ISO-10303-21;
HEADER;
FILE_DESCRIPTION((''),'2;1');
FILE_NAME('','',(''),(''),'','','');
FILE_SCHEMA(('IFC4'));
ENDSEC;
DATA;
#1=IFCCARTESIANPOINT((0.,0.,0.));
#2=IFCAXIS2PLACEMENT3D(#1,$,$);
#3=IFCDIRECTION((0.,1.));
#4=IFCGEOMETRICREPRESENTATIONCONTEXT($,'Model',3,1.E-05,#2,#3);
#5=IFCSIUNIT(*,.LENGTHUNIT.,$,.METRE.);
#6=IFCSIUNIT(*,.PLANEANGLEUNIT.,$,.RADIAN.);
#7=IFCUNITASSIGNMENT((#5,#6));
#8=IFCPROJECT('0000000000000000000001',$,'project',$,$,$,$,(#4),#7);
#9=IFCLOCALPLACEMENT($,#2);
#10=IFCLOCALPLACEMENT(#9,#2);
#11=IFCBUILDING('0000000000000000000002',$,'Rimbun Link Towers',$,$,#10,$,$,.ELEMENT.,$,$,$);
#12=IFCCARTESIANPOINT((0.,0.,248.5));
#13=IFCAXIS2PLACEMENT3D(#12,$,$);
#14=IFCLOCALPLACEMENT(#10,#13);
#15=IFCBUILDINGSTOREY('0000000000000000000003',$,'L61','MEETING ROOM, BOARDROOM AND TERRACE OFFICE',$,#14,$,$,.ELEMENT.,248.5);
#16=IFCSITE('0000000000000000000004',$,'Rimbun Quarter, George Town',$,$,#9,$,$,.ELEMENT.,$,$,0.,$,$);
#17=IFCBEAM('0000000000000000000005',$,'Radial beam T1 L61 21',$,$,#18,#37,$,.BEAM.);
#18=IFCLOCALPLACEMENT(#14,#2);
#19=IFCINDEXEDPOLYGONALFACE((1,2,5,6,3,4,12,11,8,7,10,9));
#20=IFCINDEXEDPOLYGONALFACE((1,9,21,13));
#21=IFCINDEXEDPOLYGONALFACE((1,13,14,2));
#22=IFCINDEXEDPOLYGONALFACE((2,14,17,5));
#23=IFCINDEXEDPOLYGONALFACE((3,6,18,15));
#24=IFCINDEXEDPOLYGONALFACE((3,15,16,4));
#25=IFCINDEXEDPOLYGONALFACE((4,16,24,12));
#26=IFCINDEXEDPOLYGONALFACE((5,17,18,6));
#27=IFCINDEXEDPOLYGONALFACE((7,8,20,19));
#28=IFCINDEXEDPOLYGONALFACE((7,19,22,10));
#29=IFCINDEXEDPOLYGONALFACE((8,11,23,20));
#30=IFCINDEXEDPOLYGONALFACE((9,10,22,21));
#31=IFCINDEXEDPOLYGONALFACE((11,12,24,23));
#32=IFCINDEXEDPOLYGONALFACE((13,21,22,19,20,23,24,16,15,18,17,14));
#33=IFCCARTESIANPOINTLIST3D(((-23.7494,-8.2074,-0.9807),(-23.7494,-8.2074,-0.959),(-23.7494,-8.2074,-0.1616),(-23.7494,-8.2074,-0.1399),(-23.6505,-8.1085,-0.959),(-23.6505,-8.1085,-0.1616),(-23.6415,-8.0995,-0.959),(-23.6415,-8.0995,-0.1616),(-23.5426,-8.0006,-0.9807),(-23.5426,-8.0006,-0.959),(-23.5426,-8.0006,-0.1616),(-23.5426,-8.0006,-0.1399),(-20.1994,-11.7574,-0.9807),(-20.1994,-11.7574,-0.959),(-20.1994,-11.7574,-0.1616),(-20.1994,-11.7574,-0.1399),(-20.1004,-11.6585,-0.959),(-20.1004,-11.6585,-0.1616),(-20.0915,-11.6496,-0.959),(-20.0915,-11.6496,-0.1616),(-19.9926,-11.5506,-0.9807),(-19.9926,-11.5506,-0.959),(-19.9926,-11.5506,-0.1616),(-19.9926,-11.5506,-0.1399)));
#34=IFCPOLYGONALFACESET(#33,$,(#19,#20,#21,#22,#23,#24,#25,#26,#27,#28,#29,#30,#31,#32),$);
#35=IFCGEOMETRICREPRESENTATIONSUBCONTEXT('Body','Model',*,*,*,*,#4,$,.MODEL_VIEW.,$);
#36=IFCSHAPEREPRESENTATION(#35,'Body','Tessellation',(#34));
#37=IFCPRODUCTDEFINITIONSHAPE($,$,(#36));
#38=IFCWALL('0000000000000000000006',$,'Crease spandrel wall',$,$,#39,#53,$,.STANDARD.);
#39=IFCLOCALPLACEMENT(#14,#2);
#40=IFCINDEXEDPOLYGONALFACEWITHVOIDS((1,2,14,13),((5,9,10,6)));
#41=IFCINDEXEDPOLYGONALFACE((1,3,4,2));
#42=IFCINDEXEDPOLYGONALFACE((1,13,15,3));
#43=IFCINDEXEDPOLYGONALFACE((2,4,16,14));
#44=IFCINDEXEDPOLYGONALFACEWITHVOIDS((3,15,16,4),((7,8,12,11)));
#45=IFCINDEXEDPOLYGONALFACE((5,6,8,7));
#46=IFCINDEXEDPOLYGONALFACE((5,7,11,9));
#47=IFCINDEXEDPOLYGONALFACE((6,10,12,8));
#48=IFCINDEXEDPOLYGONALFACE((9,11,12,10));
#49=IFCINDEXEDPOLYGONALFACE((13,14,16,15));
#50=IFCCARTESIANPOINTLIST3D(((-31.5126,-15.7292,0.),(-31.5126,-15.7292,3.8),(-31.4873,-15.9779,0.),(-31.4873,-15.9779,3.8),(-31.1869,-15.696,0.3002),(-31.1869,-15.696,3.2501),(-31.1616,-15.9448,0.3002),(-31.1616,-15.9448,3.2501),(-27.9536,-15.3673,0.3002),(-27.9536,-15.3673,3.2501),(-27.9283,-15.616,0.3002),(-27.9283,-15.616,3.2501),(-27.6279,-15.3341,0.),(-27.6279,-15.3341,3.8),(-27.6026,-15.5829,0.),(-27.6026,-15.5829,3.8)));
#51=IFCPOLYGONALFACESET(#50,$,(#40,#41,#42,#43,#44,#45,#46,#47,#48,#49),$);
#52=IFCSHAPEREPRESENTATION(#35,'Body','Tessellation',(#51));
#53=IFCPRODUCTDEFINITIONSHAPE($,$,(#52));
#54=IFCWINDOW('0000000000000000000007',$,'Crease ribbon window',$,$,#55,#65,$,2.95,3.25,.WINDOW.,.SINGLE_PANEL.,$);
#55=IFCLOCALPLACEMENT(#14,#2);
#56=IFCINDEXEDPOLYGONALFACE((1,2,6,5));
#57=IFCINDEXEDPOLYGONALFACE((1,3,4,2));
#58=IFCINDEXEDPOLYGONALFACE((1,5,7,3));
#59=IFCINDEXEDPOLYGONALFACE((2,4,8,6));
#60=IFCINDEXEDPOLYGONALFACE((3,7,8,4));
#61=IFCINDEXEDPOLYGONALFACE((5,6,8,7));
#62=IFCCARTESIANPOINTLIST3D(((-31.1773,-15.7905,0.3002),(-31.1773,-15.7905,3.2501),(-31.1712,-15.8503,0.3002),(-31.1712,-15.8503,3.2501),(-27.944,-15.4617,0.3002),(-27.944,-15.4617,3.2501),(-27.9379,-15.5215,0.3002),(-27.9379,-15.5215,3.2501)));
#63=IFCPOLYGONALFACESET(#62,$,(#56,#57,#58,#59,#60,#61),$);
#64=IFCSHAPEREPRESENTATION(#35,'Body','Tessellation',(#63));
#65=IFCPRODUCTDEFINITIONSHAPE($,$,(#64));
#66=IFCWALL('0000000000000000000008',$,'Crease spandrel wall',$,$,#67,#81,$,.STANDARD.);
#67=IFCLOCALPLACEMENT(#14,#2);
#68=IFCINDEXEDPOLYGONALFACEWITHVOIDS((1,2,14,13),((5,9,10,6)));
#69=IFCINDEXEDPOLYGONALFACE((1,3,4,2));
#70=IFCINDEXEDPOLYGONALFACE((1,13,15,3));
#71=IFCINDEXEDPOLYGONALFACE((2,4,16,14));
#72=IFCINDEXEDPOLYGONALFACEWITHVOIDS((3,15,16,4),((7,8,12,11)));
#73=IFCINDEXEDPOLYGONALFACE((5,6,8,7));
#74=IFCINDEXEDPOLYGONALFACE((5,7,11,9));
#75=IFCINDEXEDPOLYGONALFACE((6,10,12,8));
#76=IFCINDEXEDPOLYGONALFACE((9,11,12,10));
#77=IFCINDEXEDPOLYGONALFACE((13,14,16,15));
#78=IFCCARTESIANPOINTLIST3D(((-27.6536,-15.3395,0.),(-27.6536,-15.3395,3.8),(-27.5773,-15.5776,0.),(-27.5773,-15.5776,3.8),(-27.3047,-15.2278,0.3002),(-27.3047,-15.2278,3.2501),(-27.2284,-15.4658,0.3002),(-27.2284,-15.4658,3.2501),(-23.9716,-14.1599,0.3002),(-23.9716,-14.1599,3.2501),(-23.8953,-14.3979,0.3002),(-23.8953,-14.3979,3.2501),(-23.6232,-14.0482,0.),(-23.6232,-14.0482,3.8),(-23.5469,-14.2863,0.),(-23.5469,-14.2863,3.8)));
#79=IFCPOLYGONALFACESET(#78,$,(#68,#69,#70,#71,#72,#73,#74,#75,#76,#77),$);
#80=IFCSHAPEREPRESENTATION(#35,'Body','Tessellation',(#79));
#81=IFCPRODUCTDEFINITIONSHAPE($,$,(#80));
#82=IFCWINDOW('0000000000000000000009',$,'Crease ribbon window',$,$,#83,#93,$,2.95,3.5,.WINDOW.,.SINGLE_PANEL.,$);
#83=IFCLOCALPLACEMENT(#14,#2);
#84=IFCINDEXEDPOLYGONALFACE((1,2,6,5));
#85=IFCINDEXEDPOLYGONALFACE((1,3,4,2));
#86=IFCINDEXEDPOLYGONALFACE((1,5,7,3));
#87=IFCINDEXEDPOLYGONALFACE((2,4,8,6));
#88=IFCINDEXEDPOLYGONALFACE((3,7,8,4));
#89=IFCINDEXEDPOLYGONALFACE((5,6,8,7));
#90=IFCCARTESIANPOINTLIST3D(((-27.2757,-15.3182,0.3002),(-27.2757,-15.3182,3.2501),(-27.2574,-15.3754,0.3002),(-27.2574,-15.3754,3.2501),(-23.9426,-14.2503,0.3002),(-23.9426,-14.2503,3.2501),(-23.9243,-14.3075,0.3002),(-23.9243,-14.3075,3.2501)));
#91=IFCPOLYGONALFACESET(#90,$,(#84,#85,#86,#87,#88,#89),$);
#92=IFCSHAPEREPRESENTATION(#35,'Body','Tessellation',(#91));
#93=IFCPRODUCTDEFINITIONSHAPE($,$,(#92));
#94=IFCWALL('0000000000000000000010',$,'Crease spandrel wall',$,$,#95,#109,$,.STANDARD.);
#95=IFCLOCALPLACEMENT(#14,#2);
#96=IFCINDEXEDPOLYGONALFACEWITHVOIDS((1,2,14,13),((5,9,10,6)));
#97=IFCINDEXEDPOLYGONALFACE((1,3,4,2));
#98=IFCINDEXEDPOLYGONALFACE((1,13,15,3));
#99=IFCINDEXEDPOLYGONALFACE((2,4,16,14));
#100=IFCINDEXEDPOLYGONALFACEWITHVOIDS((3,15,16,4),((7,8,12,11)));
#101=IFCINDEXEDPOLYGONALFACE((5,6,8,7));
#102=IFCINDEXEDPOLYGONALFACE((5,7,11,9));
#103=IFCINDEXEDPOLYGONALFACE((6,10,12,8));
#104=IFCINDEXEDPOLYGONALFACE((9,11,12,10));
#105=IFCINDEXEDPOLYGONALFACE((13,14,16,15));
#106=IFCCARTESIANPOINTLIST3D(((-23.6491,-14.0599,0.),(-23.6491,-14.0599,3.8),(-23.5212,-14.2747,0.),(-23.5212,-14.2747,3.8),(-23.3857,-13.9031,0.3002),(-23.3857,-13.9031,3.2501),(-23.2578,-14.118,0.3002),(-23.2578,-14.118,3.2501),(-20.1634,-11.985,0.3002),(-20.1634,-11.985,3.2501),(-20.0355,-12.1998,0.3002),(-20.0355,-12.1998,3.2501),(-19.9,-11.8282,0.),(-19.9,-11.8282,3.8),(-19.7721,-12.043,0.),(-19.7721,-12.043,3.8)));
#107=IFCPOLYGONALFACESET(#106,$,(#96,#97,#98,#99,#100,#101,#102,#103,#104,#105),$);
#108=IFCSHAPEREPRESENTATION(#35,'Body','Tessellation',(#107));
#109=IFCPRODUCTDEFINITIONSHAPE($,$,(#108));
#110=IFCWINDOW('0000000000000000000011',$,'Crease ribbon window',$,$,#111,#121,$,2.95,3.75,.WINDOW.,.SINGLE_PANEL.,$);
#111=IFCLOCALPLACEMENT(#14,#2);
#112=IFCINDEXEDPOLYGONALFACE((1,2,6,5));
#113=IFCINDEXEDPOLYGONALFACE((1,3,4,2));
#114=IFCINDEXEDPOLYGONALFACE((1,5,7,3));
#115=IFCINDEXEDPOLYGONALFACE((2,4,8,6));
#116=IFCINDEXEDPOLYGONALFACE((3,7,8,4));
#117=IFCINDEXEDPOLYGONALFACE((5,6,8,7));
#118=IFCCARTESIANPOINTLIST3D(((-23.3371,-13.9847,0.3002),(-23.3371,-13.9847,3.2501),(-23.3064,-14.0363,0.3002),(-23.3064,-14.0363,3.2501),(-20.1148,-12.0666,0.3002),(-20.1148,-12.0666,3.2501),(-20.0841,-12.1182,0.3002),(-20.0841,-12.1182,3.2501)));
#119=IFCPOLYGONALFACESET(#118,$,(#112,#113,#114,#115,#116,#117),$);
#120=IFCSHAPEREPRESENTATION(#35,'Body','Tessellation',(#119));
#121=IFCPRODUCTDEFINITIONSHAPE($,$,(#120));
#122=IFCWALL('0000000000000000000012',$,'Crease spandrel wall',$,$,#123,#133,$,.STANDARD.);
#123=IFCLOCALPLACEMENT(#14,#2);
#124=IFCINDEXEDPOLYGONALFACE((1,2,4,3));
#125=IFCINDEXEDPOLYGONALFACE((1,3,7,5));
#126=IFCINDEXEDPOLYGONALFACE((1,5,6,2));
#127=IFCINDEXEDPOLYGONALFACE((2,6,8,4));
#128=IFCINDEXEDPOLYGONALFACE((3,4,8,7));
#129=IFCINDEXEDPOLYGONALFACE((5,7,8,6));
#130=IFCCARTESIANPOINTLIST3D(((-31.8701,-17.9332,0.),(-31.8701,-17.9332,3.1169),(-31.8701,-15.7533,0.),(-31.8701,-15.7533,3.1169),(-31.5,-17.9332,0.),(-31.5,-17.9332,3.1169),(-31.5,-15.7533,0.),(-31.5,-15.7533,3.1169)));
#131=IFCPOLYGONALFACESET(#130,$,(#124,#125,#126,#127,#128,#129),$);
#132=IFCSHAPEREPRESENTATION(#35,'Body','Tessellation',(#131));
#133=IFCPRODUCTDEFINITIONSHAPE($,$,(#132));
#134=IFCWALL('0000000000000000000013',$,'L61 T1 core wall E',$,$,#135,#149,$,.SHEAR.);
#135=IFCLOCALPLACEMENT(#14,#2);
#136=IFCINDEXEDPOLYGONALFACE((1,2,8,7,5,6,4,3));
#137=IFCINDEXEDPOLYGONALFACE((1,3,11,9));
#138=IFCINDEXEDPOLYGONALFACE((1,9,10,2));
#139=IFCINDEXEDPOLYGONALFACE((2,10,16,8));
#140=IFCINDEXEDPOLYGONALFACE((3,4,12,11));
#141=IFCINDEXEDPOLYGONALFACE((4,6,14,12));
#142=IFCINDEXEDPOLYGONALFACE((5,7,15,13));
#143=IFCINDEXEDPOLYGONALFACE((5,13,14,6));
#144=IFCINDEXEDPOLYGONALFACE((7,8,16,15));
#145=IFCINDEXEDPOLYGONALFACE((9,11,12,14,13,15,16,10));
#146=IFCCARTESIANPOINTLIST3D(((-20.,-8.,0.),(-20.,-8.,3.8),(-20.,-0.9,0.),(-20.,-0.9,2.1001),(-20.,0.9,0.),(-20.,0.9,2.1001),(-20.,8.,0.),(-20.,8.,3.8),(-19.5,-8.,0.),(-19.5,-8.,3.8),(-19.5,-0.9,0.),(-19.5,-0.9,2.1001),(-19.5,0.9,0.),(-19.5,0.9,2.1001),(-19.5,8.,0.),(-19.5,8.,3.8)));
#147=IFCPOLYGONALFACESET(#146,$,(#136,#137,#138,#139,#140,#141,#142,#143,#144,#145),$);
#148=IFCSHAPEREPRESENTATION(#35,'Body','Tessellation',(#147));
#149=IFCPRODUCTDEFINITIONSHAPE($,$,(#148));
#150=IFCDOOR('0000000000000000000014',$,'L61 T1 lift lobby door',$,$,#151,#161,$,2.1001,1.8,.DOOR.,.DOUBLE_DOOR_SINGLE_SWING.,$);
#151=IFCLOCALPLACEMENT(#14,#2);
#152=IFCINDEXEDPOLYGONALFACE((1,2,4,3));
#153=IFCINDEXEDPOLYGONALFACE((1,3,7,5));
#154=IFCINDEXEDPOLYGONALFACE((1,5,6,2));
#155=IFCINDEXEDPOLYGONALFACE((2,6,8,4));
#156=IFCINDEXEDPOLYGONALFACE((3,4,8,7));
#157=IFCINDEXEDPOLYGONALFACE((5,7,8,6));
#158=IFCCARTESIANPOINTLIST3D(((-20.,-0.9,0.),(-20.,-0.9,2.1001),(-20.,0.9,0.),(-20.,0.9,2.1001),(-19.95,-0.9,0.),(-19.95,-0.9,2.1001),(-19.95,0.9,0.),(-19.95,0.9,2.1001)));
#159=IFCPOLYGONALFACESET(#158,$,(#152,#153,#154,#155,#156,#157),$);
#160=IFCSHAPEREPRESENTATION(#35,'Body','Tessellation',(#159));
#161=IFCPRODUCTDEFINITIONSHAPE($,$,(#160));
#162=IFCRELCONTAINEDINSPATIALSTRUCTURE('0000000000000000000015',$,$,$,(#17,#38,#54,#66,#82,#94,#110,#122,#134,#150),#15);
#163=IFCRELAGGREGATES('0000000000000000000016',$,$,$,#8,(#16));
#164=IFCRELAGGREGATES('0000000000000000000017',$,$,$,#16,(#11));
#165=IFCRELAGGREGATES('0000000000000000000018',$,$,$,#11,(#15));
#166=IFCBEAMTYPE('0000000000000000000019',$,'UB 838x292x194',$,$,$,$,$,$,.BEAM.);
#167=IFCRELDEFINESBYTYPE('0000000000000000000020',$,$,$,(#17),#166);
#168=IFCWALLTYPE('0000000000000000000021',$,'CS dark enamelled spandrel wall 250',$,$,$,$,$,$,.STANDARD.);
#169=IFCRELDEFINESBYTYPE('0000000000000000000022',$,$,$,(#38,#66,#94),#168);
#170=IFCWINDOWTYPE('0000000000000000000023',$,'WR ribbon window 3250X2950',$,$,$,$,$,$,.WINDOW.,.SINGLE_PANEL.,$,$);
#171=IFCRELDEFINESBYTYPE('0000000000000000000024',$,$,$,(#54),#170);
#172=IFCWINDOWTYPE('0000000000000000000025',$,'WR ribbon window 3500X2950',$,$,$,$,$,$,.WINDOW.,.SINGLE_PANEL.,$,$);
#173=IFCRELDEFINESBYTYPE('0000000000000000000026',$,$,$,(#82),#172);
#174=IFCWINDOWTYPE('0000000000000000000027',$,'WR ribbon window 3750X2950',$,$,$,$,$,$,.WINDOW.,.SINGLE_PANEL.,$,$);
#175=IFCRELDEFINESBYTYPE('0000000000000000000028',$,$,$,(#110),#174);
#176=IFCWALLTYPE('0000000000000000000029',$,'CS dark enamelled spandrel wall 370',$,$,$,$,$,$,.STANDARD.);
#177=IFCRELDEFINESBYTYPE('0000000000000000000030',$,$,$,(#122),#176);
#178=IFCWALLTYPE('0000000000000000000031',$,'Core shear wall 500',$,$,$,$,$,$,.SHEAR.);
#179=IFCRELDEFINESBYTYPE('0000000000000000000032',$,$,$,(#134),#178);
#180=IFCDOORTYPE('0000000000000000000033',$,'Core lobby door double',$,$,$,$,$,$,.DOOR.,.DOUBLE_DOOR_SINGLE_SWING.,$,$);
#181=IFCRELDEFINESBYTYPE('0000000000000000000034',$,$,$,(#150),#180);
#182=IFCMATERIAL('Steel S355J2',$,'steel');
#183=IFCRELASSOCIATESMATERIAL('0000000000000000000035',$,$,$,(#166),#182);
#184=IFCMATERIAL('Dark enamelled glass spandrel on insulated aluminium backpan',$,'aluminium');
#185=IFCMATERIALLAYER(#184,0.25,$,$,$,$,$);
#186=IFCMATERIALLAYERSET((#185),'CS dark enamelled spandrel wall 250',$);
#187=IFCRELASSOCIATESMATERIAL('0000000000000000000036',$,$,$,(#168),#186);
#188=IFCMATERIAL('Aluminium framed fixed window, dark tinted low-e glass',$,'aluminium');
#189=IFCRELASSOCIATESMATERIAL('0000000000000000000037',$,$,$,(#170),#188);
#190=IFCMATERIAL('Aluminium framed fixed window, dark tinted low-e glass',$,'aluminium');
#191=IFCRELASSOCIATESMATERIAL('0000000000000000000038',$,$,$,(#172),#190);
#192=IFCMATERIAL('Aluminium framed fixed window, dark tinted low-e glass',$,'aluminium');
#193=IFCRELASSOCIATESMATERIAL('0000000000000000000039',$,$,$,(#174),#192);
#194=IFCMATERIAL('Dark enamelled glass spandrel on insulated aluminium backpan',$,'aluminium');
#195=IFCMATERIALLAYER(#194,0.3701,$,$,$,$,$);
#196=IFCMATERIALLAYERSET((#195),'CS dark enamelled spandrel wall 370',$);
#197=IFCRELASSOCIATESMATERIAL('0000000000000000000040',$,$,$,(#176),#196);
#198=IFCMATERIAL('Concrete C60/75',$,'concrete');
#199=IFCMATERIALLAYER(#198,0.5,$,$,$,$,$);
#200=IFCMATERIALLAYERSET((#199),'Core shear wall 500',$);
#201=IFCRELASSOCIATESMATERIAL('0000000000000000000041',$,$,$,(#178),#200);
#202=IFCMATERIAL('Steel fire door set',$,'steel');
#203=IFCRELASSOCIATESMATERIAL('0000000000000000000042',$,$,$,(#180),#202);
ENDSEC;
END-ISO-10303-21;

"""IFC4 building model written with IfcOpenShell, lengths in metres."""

from ifc_helpers import new_model, si_unit, direction, frame, frame_2d, origin, origin_2d, place, context, subcontext, project, spatial, rectangle, i_section, extrude, material, layer, layer_set, material_profile, profile_set, type_object, element, fill, save


model = new_model("IFC4")

# Units and contexts
model_context = context("Model", 3, precision=1e-05, world=origin(), true_north=direction((0.0, 1.0)))
body_context = subcontext(model_context, "Body", "Model", "MODEL_VIEW")
ifc_project = project(units=[si_unit("LENGTHUNIT", "METRE"), si_unit("PLANEANGLEUNIT", "RADIAN")], contexts=[model_context])

# Site, building, storey
site_placement = place(None, origin())
site = spatial("IfcSite", under=ifc_project, at=site_placement, Name="Rimbun Quarter, George Town", CompositionType="ELEMENT", RefElevation=0.0)
building_placement = place(site_placement, origin())
building = spatial("IfcBuilding", under=site, at=building_placement, Name="Rimbun Link Towers", CompositionType="ELEMENT")
storey_placement = place(building_placement, frame((0.0, 0.0, 248.5)))
storey = spatial("IfcBuildingStorey", under=building, at=storey_placement, Name="L61", Description="MEETING ROOM, BOARDROOM AND TERRACE OFFICE", CompositionType="ELEMENT", Elevation=248.5)

# Beam
ifc_material_1 = material(Name="Steel S355J2", Category="steel")
ifc_material_profile_1 = material_profile(ifc_material_1, i_section(OverallWidth=0.2925, OverallDepth=0.8408, WebThickness=0.0127, FlangeThickness=0.0217, at=origin_2d()), Name="UB 838x292x194")
ifc_profile_set_1 = profile_set([ifc_material_profile_1], Name="Steel S355J2")
beam_type_1 = type_object("IfcBeamType", Name="UB 838x292x194", PredefinedType="BEAM", material=ifc_profile_set_1)
beam_1_placement = place(storey_placement, frame((-23.646, -8.104, -0.5603), z_axis=(0.707107, -0.707107, 0.0), x_axis=(0.707107, 0.707107, 0.0)))
element("IfcBeam", 1, at=beam_1_placement, inside=storey, type_object=beam_type_1, Name="Radial beam T1 L61 21", PredefinedType="BEAM", context=body_context, shape_type="SweptSolid", body=[
    extrude(i_section(OverallWidth=0.2925, OverallDepth=0.8408, WebThickness=0.0127, FlangeThickness=0.0217, at=origin_2d()), origin(), (0.0, 0.0, 1.0), 5.0205),
])

# Walls, openings, windows
ifc_material_2 = material(Name="Dark enamelled glass spandrel on insulated aluminium backpan", Category="aluminium")
ifc_layer_1 = layer(ifc_material_2, 0.25)
ifc_layer_set_1 = layer_set([ifc_layer_1], Name="CS dark enamelled spandrel wall 250")
wall_type_1 = type_object("IfcWallType", Name="CS dark enamelled spandrel wall 250", PredefinedType="STANDARD", material=ifc_layer_set_1)
wall_1_placement = place(storey_placement, frame((-27.6152, -15.4585, 0.0), z_axis=(0.0, 0.0, 1.0), x_axis=(-0.99487, -0.101163, 0.0)))
wall_1 = element("IfcWall", 2, at=wall_1_placement, inside=storey, type_object=wall_type_1, Name="Crease spandrel wall", PredefinedType="STANDARD", context=body_context, shape_type="SweptSolid", body=[
    extrude(rectangle(XDim=3.9048, YDim=0.25, at=frame_2d((1.9524, 0.0))), origin(), (0.0, 0.0, 1.0), 3.8),
])
opening_1_placement = place(wall_1_placement, frame((0.3274, 0.0, 0.3)))
opening_1 = element("IfcOpeningElement", 3, at=opening_1_placement, cuts=wall_1, PredefinedType="OPENING", context=body_context, shape_type="SweptSolid", body=[
    extrude(rectangle(XDim=3.25, YDim=2.95, at=frame_2d((1.625, 1.4751))), frame((0.0, 0.135, 0.0), z_axis=(0.0, -1.0, 0.0), x_axis=(1.0, 0.0, 0.0)), (0.0, 0.0, 1.0), 0.27),
])
ifc_material_3 = material(Name="Aluminium framed fixed window, dark tinted low-e glass", Category="aluminium")
window_type_1 = type_object("IfcWindowType", Name="WR ribbon window 3250X2950", PartitioningType="SINGLE_PANEL", PredefinedType="WINDOW", material=ifc_material_3)
window_1_placement = place(opening_1_placement, origin())
window_1 = element("IfcWindow", 4, at=window_1_placement, inside=storey, type_object=window_type_1, Name="Crease ribbon window", OverallHeight=2.95, OverallWidth=3.25, PartitioningType="SINGLE_PANEL", PredefinedType="WINDOW", context=body_context, shape_type="SweptSolid", body=[
    extrude(rectangle(XDim=3.25, YDim=2.95, at=frame_2d((1.625, 1.4751))), frame((0.0, 0.03, 0.0), z_axis=(0.0, -1.0, 0.0), x_axis=(1.0, 0.0, 0.0)), (0.0, 0.0, 1.0), 0.0601),
])
fill(opening_1, window_1)
wall_2_placement = place(storey_placement, frame((-23.585, -14.1672, 0.0), z_axis=(0.0, 0.0, 1.0), x_axis=(-0.952316, -0.305113, 0.0)))
wall_2 = element("IfcWall", 5, at=wall_2_placement, inside=storey, type_object=wall_type_1, Name="Crease spandrel wall", PredefinedType="STANDARD", context=body_context, shape_type="SweptSolid", body=[
    extrude(rectangle(XDim=4.2322, YDim=0.25, at=frame_2d((2.1162, 0.0))), origin(), (0.0, 0.0, 1.0), 3.8),
])
opening_2_placement = place(wall_2_placement, frame((0.366, 0.0, 0.3)))
opening_2 = element("IfcOpeningElement", 6, at=opening_2_placement, cuts=wall_2, PredefinedType="OPENING", context=body_context, shape_type="SweptSolid", body=[
    extrude(rectangle(XDim=3.5, YDim=2.95, at=frame_2d((1.75, 1.4751))), frame((0.0, 0.135, 0.0), z_axis=(0.0, -1.0, 0.0), x_axis=(1.0, 0.0, 0.0)), (0.0, 0.0, 1.0), 0.27),
])
ifc_material_4 = material(Name="Aluminium framed fixed window, dark tinted low-e glass", Category="aluminium")
window_type_2 = type_object("IfcWindowType", Name="WR ribbon window 3500X2950", PartitioningType="SINGLE_PANEL", PredefinedType="WINDOW", material=ifc_material_4)
window_2_placement = place(opening_2_placement, origin())
window_2 = element("IfcWindow", 7, at=window_2_placement, inside=storey, type_object=window_type_2, Name="Crease ribbon window", OverallHeight=2.95, OverallWidth=3.5, PartitioningType="SINGLE_PANEL", PredefinedType="WINDOW", context=body_context, shape_type="SweptSolid", body=[
    extrude(rectangle(XDim=3.5, YDim=2.95, at=frame_2d((1.75, 1.4751))), frame((0.0, 0.03, 0.0), z_axis=(0.0, -1.0, 0.0), x_axis=(1.0, 0.0, 0.0)), (0.0, 0.0, 1.0), 0.0601),
])
fill(opening_2, window_2)
wall_3_placement = place(storey_placement, frame((-19.8359, -11.9355, 0.0), z_axis=(0.0, 0.0, 1.0), x_axis=(-0.85928, -0.511506, 0.0)))
wall_3 = element("IfcWall", 8, at=wall_3_placement, inside=storey, type_object=wall_type_1, Name="Crease spandrel wall", PredefinedType="STANDARD", context=body_context, shape_type="SweptSolid", body=[
    extrude(rectangle(XDim=4.363, YDim=0.25, at=frame_2d((2.1816, 0.0))), origin(), (0.0, 0.0, 1.0), 3.8),
])
opening_3_placement = place(wall_3_placement, frame((0.3066, 0.0, 0.3)))
opening_3 = element("IfcOpeningElement", 9, at=opening_3_placement, cuts=wall_3, PredefinedType="OPENING", context=body_context, shape_type="SweptSolid", body=[
    extrude(rectangle(XDim=3.75, YDim=2.95, at=frame_2d((1.875, 1.4751))), frame((0.0, 0.135, 0.0), z_axis=(0.0, -1.0, 0.0), x_axis=(1.0, 0.0, 0.0)), (0.0, 0.0, 1.0), 0.27),
])
ifc_material_5 = material(Name="Aluminium framed fixed window, dark tinted low-e glass", Category="aluminium")
window_type_3 = type_object("IfcWindowType", Name="WR ribbon window 3750X2950", PartitioningType="SINGLE_PANEL", PredefinedType="WINDOW", material=ifc_material_5)
window_3_placement = place(opening_3_placement, origin())
window_3 = element("IfcWindow", 10, at=window_3_placement, inside=storey, type_object=window_type_3, Name="Crease ribbon window", OverallHeight=2.95, OverallWidth=3.75, PartitioningType="SINGLE_PANEL", PredefinedType="WINDOW", context=body_context, shape_type="SweptSolid", body=[
    extrude(rectangle(XDim=3.75, YDim=2.95, at=frame_2d((1.875, 1.4751))), frame((0.0, 0.03, 0.0), z_axis=(0.0, -1.0, 0.0), x_axis=(1.0, 0.0, 0.0)), (0.0, 0.0, 1.0), 0.0601),
])
fill(opening_3, window_3)

# Wall
ifc_material_6 = material(Name="Dark enamelled glass spandrel on insulated aluminium backpan", Category="aluminium")
ifc_layer_2 = layer(ifc_material_6, 0.3701)
ifc_layer_set_2 = layer_set([ifc_layer_2], Name="CS dark enamelled spandrel wall 370")
wall_type_2 = type_object("IfcWallType", Name="CS dark enamelled spandrel wall 370", PredefinedType="STANDARD", material=ifc_layer_set_2)
wall_4_placement = place(storey_placement, frame((-31.6851, -15.7534, 0.0), z_axis=(0.0, 0.0, 1.0), x_axis=(0.0, -1.0, 0.0)))
element("IfcWall", 11, at=wall_4_placement, inside=storey, type_object=wall_type_2, Name="Crease spandrel wall", PredefinedType="STANDARD", context=body_context, shape_type="SweptSolid", body=[
    extrude(rectangle(XDim=2.1799, YDim=0.3701, at=frame_2d((1.0898, 0.0))), origin(), (0.0, 0.0, 1.0), 3.1169),
])

# Wall, opening, door
ifc_material_7 = material(Name="Concrete C60/75", Category="concrete")
ifc_layer_3 = layer(ifc_material_7, 0.5)
ifc_layer_set_3 = layer_set([ifc_layer_3], Name="Core shear wall 500")
wall_type_3 = type_object("IfcWallType", Name="Core shear wall 500", PredefinedType="SHEAR", material=ifc_layer_set_3)
wall_5_placement = place(storey_placement, frame((-19.75, -8.0, 0.0), z_axis=(0.0, 0.0, 1.0), x_axis=(0.0, 1.0, 0.0)))
wall_5 = element("IfcWall", 12, at=wall_5_placement, inside=storey, type_object=wall_type_3, Name="L61 T1 core wall E", PredefinedType="SHEAR", context=body_context, shape_type="SweptSolid", body=[
    extrude(rectangle(XDim=16.0, YDim=0.5, at=frame_2d((8.0, 0.0))), origin(), (0.0, 0.0, 1.0), 3.8),
])
opening_4_placement = place(wall_5_placement, frame((7.1001, 0.0, 0.0)))
opening_4 = element("IfcOpeningElement", 13, at=opening_4_placement, cuts=wall_5, PredefinedType="OPENING", context=body_context, shape_type="SweptSolid", body=[
    extrude(rectangle(XDim=1.8, YDim=2.1001, at=frame_2d((0.8999, 1.05))), frame((0.0, 0.26, 0.0), z_axis=(0.0, -1.0, 0.0), x_axis=(1.0, 0.0, 0.0)), (0.0, 0.0, 1.0), 0.52),
])
ifc_material_8 = material(Name="Steel fire door set", Category="steel")
door_type = type_object("IfcDoorType", Name="Core lobby door double", OperationType="DOUBLE_DOOR_SINGLE_SWING", PredefinedType="DOOR", material=ifc_material_8)
door_placement = place(opening_4_placement, origin())
door = element("IfcDoor", 14, at=door_placement, inside=storey, type_object=door_type, Name="L61 T1 lift lobby door", OperationType="DOUBLE_DOOR_SINGLE_SWING", OverallHeight=2.1001, OverallWidth=1.8, PredefinedType="DOOR", context=body_context, shape_type="SweptSolid", body=[
    extrude(rectangle(XDim=1.8, YDim=2.1001, at=frame_2d((0.8999, 1.05))), frame((0.0, 0.25, 0.0), z_axis=(0.0, -1.0, 0.0), x_axis=(1.0, 0.0, 0.0)), (0.0, 0.0, 1.0), 0.05),
])
fill(opening_4, door)

save(model, "model.ifc")
